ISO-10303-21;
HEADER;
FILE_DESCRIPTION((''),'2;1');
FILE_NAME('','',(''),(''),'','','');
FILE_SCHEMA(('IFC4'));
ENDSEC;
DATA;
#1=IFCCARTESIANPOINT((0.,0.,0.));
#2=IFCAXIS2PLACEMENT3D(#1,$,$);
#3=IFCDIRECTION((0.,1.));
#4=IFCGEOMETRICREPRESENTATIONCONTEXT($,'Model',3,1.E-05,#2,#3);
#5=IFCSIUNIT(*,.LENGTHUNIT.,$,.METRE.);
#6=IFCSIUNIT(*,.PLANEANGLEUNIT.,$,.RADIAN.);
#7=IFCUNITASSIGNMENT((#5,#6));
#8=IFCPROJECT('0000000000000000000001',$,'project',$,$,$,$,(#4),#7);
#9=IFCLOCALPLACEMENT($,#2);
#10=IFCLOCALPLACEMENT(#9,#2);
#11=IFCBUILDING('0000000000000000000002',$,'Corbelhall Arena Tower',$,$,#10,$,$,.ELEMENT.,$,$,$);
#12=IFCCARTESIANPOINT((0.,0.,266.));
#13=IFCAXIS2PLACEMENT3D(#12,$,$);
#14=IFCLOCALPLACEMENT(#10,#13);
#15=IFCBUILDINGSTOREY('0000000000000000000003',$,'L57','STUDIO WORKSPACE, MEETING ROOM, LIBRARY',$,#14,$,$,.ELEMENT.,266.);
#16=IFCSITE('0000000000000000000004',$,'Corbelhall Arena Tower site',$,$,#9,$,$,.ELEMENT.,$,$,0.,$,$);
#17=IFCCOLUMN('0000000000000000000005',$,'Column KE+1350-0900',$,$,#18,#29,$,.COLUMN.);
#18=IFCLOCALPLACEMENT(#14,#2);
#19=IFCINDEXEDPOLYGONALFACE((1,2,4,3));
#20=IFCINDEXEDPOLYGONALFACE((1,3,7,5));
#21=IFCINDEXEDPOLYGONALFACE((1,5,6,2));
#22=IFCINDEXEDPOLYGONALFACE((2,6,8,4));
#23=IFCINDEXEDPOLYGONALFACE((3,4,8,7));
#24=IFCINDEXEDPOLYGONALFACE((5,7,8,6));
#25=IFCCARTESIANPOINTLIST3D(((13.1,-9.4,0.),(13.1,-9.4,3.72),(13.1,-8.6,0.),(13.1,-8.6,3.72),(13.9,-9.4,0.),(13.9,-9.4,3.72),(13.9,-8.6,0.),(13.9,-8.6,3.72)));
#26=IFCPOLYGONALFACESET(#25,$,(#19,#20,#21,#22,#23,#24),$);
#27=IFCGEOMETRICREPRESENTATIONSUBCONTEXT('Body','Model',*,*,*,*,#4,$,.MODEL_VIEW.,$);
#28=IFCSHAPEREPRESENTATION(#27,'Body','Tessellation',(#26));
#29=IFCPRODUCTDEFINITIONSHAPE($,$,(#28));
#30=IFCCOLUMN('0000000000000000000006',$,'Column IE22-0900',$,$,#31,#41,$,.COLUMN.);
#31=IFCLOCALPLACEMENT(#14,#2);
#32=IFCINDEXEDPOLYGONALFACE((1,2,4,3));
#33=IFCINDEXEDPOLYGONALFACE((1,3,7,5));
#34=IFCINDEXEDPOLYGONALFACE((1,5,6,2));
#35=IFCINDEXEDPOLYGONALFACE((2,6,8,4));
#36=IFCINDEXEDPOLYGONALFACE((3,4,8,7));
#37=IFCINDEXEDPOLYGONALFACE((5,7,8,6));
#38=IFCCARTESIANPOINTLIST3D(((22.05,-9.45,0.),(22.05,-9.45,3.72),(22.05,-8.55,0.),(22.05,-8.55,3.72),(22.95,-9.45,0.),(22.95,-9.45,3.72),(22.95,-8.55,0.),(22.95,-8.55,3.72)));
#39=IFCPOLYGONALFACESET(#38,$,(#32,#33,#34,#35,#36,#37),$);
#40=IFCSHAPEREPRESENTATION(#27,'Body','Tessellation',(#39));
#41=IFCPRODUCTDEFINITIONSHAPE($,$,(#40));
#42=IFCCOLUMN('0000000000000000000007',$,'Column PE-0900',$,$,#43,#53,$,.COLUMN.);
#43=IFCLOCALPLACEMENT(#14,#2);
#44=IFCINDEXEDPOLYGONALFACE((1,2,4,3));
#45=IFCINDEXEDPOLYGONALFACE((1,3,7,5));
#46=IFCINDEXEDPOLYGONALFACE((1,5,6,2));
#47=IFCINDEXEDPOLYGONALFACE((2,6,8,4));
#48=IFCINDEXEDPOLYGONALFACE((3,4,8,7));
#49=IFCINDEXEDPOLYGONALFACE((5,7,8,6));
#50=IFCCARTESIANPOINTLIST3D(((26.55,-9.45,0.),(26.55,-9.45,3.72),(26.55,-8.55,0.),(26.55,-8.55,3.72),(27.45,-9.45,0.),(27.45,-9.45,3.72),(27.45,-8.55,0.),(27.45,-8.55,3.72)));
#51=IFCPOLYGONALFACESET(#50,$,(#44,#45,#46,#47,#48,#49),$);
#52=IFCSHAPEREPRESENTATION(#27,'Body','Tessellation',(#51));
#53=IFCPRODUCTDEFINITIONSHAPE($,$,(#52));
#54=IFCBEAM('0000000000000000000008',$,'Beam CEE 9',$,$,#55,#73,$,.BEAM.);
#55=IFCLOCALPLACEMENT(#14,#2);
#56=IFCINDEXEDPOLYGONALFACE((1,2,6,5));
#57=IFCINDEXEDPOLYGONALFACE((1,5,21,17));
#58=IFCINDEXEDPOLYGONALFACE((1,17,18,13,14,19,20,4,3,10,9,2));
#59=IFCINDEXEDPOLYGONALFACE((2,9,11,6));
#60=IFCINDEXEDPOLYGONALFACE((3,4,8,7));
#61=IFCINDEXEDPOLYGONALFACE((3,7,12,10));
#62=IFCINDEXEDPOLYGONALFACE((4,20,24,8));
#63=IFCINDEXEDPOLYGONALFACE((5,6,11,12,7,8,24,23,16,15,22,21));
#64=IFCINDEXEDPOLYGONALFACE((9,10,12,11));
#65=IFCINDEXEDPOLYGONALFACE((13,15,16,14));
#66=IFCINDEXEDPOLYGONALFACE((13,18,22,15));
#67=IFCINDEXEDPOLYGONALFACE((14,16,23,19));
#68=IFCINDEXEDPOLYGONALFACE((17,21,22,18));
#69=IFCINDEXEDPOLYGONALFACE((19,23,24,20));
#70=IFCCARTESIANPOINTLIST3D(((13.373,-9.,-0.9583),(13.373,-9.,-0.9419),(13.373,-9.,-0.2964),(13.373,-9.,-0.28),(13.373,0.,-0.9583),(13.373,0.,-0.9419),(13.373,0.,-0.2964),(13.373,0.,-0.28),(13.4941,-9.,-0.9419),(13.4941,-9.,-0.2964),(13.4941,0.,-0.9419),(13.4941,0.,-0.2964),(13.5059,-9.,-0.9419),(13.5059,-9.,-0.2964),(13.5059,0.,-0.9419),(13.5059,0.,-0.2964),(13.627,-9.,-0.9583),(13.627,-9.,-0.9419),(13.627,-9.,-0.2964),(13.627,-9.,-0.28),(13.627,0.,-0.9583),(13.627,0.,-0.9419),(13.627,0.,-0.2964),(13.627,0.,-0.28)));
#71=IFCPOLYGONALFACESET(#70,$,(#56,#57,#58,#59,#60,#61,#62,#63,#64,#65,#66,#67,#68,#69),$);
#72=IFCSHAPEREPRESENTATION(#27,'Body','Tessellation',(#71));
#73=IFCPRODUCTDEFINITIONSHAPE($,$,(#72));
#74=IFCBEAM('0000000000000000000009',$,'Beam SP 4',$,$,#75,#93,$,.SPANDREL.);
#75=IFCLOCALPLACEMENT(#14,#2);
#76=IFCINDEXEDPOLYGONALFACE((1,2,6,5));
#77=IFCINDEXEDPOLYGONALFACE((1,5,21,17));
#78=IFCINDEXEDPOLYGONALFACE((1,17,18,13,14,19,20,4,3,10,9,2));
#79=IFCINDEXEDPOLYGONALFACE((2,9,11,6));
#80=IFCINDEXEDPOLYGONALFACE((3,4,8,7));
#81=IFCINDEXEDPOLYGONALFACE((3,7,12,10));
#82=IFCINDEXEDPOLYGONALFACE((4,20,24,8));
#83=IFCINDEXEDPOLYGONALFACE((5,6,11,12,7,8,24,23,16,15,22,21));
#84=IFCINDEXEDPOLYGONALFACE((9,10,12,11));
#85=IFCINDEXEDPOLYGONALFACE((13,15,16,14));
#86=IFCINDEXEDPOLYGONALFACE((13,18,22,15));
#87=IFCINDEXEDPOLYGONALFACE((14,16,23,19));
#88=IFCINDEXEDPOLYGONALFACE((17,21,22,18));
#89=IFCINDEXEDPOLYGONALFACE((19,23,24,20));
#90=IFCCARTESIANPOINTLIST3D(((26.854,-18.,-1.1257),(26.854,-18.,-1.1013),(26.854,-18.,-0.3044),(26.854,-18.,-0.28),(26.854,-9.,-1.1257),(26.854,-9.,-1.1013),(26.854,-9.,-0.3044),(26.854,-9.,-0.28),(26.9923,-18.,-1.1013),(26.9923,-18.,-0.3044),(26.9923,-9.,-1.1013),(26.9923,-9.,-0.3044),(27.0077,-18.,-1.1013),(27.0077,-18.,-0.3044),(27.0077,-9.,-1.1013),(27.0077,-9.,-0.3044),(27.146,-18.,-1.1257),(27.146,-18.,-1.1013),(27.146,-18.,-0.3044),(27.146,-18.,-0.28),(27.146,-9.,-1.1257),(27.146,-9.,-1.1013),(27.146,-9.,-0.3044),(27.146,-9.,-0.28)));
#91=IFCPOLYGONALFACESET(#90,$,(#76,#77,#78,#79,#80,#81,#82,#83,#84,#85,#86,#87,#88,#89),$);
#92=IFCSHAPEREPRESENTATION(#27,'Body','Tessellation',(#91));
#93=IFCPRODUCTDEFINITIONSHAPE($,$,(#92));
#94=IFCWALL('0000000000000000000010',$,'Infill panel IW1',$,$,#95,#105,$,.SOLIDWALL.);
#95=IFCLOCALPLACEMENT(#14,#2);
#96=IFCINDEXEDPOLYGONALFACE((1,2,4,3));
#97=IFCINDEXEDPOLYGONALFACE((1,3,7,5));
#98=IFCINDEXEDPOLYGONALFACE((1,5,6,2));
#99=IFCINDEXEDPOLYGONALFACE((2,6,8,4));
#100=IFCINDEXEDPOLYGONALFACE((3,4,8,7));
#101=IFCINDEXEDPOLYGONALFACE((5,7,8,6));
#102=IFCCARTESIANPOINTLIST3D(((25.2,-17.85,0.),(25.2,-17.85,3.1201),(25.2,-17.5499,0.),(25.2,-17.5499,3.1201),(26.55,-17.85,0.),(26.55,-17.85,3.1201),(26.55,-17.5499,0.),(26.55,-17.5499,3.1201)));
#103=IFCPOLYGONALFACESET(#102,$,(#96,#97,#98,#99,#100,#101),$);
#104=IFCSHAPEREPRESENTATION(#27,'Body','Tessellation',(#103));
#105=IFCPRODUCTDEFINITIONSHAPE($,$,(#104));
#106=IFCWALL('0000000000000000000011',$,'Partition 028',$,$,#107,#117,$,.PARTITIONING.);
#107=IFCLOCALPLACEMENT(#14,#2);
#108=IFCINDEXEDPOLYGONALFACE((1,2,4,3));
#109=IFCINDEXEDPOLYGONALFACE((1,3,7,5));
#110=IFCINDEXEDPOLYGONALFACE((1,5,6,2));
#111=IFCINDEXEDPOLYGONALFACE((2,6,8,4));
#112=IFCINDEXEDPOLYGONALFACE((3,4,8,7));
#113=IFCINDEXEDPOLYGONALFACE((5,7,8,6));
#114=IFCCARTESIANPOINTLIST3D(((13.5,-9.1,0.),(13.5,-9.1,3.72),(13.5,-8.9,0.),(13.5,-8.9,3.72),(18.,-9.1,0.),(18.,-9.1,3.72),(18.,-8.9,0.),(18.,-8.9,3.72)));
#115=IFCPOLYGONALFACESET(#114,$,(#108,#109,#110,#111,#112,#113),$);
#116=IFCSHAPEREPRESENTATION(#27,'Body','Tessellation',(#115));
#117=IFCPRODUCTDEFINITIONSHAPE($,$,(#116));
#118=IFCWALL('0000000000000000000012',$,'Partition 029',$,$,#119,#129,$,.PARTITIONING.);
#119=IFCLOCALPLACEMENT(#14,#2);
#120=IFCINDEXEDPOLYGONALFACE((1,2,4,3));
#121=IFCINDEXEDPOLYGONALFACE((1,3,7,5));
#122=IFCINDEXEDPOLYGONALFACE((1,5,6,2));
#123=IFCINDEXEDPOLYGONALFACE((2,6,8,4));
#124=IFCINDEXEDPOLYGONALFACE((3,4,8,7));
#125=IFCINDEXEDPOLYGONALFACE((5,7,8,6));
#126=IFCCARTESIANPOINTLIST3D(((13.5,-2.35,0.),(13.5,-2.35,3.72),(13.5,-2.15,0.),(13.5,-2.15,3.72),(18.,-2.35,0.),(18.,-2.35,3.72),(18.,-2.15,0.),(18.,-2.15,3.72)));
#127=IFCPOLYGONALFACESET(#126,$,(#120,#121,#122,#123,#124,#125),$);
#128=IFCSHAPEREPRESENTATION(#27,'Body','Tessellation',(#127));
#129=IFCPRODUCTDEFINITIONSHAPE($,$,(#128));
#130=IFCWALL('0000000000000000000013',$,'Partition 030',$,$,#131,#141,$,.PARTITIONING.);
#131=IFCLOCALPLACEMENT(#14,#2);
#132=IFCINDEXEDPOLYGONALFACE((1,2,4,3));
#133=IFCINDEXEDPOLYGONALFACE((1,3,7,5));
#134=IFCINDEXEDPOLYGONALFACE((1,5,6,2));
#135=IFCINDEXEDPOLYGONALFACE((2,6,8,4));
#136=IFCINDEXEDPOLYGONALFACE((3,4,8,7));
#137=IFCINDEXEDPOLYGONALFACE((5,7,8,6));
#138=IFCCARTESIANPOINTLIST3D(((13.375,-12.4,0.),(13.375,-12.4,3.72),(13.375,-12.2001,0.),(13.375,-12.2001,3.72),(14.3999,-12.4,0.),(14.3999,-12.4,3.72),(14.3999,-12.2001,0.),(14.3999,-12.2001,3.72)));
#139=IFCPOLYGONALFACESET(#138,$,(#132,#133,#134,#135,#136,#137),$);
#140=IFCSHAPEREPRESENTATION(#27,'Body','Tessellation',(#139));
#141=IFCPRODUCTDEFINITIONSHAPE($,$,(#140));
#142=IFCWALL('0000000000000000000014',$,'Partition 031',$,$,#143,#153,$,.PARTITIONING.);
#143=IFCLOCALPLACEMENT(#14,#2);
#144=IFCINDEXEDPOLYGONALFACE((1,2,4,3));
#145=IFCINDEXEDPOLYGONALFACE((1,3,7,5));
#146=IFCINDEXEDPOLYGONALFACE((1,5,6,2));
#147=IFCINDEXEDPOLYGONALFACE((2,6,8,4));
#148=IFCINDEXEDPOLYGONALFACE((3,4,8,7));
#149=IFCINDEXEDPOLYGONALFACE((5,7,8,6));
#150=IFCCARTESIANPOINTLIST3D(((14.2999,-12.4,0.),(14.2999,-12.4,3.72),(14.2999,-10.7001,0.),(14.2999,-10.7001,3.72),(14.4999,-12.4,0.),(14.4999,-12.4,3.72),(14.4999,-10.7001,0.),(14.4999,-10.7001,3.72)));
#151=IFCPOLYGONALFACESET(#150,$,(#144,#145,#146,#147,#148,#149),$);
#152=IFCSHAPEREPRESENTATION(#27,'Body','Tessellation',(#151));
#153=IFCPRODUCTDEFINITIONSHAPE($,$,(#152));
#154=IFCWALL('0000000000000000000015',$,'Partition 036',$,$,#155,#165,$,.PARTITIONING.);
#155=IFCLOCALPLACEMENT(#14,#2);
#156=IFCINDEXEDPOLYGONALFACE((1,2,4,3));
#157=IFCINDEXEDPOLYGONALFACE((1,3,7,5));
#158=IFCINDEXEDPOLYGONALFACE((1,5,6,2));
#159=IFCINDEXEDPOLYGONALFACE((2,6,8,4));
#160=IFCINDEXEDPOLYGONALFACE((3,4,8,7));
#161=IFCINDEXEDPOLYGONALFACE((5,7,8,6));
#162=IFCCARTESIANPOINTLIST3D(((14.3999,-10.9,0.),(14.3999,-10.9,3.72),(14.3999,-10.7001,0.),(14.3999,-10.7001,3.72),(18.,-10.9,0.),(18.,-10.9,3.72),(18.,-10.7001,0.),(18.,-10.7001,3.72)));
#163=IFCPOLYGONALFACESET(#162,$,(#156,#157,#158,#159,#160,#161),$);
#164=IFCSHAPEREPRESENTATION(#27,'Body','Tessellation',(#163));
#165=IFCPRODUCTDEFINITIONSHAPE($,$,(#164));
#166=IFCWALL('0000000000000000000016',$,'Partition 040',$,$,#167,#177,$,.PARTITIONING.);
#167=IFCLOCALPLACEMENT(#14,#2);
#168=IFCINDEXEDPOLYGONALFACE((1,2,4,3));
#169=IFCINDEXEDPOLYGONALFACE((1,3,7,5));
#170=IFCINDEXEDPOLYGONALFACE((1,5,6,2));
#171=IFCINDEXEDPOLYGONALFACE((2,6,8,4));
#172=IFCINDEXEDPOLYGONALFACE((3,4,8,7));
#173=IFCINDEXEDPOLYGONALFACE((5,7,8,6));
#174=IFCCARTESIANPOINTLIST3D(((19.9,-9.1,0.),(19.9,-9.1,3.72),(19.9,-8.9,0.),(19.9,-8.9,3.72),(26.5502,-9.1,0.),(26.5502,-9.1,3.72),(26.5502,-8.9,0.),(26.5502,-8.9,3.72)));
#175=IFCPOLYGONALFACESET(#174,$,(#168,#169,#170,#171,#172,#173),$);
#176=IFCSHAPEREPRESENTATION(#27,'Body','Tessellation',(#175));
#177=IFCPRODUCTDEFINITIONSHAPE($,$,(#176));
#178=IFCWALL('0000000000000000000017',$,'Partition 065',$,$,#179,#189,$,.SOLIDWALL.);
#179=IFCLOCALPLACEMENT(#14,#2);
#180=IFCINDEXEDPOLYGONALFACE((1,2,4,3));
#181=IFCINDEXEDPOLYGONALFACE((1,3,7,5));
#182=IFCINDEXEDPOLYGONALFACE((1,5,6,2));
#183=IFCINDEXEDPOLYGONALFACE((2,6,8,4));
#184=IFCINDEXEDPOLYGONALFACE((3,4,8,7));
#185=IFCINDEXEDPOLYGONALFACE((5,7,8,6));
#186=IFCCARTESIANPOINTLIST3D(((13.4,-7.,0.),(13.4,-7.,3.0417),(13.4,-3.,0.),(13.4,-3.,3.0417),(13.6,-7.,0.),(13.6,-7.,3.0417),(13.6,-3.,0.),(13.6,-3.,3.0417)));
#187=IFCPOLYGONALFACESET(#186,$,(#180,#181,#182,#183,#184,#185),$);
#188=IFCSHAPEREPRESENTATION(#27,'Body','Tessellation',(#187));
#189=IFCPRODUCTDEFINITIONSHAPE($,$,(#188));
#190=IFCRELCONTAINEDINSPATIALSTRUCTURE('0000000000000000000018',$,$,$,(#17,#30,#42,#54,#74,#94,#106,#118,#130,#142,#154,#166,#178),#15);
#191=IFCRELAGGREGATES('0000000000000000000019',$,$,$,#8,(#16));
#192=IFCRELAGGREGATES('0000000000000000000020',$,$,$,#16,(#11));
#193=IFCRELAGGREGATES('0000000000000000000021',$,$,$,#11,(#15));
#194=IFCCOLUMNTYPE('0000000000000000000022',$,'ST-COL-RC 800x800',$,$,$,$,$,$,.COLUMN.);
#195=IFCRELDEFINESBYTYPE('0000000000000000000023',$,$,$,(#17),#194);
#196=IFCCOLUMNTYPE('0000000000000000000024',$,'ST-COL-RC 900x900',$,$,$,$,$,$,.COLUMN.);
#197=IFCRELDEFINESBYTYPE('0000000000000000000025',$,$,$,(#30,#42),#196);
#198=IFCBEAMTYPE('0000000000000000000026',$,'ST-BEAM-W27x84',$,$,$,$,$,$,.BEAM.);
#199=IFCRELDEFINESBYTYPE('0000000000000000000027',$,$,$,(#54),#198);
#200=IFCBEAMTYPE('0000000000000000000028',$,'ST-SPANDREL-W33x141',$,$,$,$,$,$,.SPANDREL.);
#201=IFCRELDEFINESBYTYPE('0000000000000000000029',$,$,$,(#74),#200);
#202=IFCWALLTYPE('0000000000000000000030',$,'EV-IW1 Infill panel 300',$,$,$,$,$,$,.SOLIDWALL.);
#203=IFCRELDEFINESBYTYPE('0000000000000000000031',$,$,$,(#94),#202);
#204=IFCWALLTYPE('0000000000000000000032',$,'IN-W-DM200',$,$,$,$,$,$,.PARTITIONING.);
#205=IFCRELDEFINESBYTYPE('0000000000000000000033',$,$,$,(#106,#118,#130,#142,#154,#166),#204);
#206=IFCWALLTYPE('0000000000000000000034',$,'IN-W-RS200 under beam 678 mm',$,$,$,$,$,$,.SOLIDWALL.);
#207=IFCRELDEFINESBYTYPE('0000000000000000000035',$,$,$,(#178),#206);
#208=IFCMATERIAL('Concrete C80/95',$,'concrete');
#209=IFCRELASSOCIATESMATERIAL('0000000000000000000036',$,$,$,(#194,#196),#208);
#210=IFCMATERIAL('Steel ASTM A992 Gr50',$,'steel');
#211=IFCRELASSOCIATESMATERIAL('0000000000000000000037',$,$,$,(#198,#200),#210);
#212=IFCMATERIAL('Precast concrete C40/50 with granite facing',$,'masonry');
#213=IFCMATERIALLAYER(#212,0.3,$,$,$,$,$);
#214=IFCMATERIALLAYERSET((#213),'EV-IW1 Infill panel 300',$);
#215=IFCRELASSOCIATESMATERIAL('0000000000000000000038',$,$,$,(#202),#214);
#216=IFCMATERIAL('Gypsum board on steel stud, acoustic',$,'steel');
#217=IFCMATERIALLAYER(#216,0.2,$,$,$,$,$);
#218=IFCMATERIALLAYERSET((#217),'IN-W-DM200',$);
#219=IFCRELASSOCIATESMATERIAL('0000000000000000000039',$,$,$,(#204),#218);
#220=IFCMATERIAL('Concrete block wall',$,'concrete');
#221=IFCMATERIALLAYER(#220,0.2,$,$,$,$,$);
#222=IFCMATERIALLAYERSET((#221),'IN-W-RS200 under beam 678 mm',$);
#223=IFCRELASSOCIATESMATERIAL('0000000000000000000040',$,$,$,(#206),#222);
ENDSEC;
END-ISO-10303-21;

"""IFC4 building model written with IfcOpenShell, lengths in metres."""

from ifc_helpers import new_model, si_unit, direction, frame, frame_2d, origin, origin_2d, place, context, subcontext, project, spatial, rectangle, i_section, extrude, material, layer, layer_set, material_profile, profile_set, type_object, element, save


model = new_model("IFC4")

# Units and contexts
model_context = context("Model", 3, precision=1e-05, world=origin(), true_north=direction((0.0, 1.0)))
body_context = subcontext(model_context, "Body", "Model", "MODEL_VIEW")
ifc_project = project(units=[si_unit("LENGTHUNIT", "METRE"), si_unit("PLANEANGLEUNIT", "RADIAN")], contexts=[model_context])

# Site, building, storey
site_placement = place(None, origin())
site = spatial("IfcSite", under=ifc_project, at=site_placement, Name="Corbelhall Arena Tower site", CompositionType="ELEMENT", RefElevation=0.0)
building_placement = place(site_placement, origin())
building = spatial("IfcBuilding", under=site, at=building_placement, Name="Corbelhall Arena Tower", CompositionType="ELEMENT")
storey_placement = place(building_placement, frame((0.0, 0.0, 266.0)))
storey = spatial("IfcBuildingStorey", under=building, at=storey_placement, Name="L57", Description="STUDIO WORKSPACE, MEETING ROOM, LIBRARY", CompositionType="ELEMENT", Elevation=266.0)

# Columns
ifc_material_1 = material(Name="Concrete C80/95", Category="concrete")
ifc_material_profile_1 = material_profile(ifc_material_1, rectangle(XDim=0.8, YDim=0.8, at=origin_2d()))
ifc_profile_set_1 = profile_set([ifc_material_profile_1], Name="Concrete C80/95")
column_type_1 = type_object("IfcColumnType", Name="ST-COL-RC 800x800", PredefinedType="COLUMN", material=ifc_profile_set_1)
column_placement = place(storey_placement, frame((13.5, -9.0, 0.0), z_axis=(0.0, 0.0, 1.0), x_axis=(1.0, 0.0, 0.0)))
element("IfcColumn", 1, at=column_placement, inside=storey, type_object=column_type_1, Name="Column KE+1350-0900", PredefinedType="COLUMN", context=body_context, shape_type="SweptSolid", body=[
    extrude(rectangle(XDim=0.8, YDim=0.8, at=origin_2d()), origin(), (0.0, 0.0, 1.0), 3.72),
])
ifc_material_profile_2 = material_profile(ifc_material_1, rectangle(XDim=0.8999, YDim=0.8999, at=origin_2d()))
ifc_profile_set_2 = profile_set([ifc_material_profile_2], Name="Concrete C80/95")
column_type_2 = type_object("IfcColumnType", Name="ST-COL-RC 900x900", PredefinedType="COLUMN", material=ifc_profile_set_2)
for number, where, z_axis, x_axis, name in (
    (2, (22.5, -9.0, 0.0), (0.0, 0.0, 1.0), (1.0, 0.0, 0.0), "Column IE22-0900"),
    (3, (27.0, -9.0, 0.0), (0.0, 0.0, 1.0), (0.0, 1.0, 0.0), "Column PE-0900"),
):
    element("IfcColumn", number, at=place(storey_placement, frame(where, z_axis=z_axis, x_axis=x_axis)), inside=storey, type_object=column_type_2, Name=name, PredefinedType="COLUMN", context=body_context, shape_type="SweptSolid", body=[
        extrude(rectangle(XDim=0.8999, YDim=0.8999, at=origin_2d()), origin(), (0.0, 0.0, 1.0), 3.72),
    ])

# Beams
ifc_material_2 = material(Name="Steel ASTM A992 Gr50", Category="steel")
ifc_material_profile_3 = material_profile(ifc_material_2, i_section(OverallWidth=0.2539, OverallDepth=0.6782, WebThickness=0.0117, FlangeThickness=0.0164, at=origin_2d()))
ifc_profile_set_3 = profile_set([ifc_material_profile_3], Name="Steel ASTM A992 Gr50")
beam_type_1 = type_object("IfcBeamType", Name="ST-BEAM-W27x84", PredefinedType="BEAM", material=ifc_profile_set_3)
beam_1_placement = place(storey_placement, frame((13.5, -9.0, -0.6191), z_axis=(0.0, 1.0, 0.0), x_axis=(-1.0, 0.0, 0.0)))
element("IfcBeam", 4, at=beam_1_placement, inside=storey, type_object=beam_type_1, Name="Beam CEE 9", PredefinedType="BEAM", context=body_context, shape_type="SweptSolid", body=[
    extrude(i_section(OverallWidth=0.2539, OverallDepth=0.6782, WebThickness=0.0117, FlangeThickness=0.0164, at=origin_2d()), origin(), (0.0, 0.0, 1.0), 9.0),
])
ifc_material_profile_4 = material_profile(ifc_material_2, i_section(OverallWidth=0.292, OverallDepth=0.8457, WebThickness=0.0154, FlangeThickness=0.0244, at=origin_2d()))
ifc_profile_set_4 = profile_set([ifc_material_profile_4], Name="Steel ASTM A992 Gr50")
beam_type_2 = type_object("IfcBeamType", Name="ST-SPANDREL-W33x141", PredefinedType="SPANDREL", material=ifc_profile_set_4)
beam_2_placement = place(storey_placement, frame((27.0, -9.0, -0.7029), z_axis=(0.0, -1.0, 0.0), x_axis=(1.0, 0.0, 0.0)))
element("IfcBeam", 5, at=beam_2_placement, inside=storey, type_object=beam_type_2, Name="Beam SP 4", PredefinedType="SPANDREL", context=body_context, shape_type="SweptSolid", body=[
    extrude(i_section(OverallWidth=0.292, OverallDepth=0.8457, WebThickness=0.0154, FlangeThickness=0.0244, at=origin_2d()), origin(), (0.0, 0.0, 1.0), 9.0),
])

# Wall
ifc_material_3 = material(Name="Precast concrete C40/50 with granite facing", Category="masonry")
ifc_layer_1 = layer(ifc_material_3, 0.3)
ifc_layer_set_1 = layer_set([ifc_layer_1], Name="EV-IW1 Infill panel 300")
wall_type_1 = type_object("IfcWallType", Name="EV-IW1 Infill panel 300", PredefinedType="SOLIDWALL", material=ifc_layer_set_1)
wall_1_placement = place(storey_placement, frame((25.2, -17.7, 0.0), z_axis=(0.0, 0.0, 1.0), x_axis=(1.0, 0.0, 0.0)))
element("IfcWall", 6, at=wall_1_placement, inside=storey, type_object=wall_type_1, Name="Infill panel IW1", PredefinedType="SOLIDWALL", context=body_context, shape_type="SweptSolid", body=[
    extrude(rectangle(XDim=1.3501, YDim=0.3, at=frame_2d((0.675, 0.0))), origin(), (0.0, 0.0, 1.0), 3.1201),
])

# Walls
ifc_material_4 = material(Name="Gypsum board on steel stud, acoustic", Category="steel")
ifc_layer_2 = layer(ifc_material_4, 0.2)
ifc_layer_set_2 = layer_set([ifc_layer_2], Name="IN-W-DM200")
wall_type_2 = type_object("IfcWallType", Name="IN-W-DM200", PredefinedType="PARTITIONING", material=ifc_layer_set_2)
for number, where, z_axis, x_axis, name in (
    (7, (13.5, -9.0, 0.0), (0.0, 0.0, 1.0), (1.0, 0.0, 0.0), "Partition 028"),
    (8, (13.5, -2.25, 0.0), (0.0, 0.0, 1.0), (1.0, 0.0, 0.0), "Partition 029"),
):
    element("IfcWall", number, at=place(storey_placement, frame(where, z_axis=z_axis, x_axis=x_axis)), inside=storey, type_object=wall_type_2, Name=name, PredefinedType="PARTITIONING", context=body_context, shape_type="SweptSolid", body=[
        extrude(rectangle(XDim=4.5, YDim=0.2, at=frame_2d((2.25, 0.0))), origin(), (0.0, 0.0, 1.0), 3.72),
    ])
wall_2_placement = place(storey_placement, frame((14.3999, -12.3, 0.0), z_axis=(0.0, 0.0, 1.0), x_axis=(-1.0, 0.0, 0.0)))
element("IfcWall", 9, at=wall_2_placement, inside=storey, type_object=wall_type_2, Name="Partition 030", PredefinedType="PARTITIONING", context=body_context, shape_type="SweptSolid", body=[
    extrude(rectangle(XDim=1.0249, YDim=0.2, at=frame_2d((0.5125, 0.0))), origin(), (0.0, 0.0, 1.0), 3.72),
])
wall_3_placement = place(storey_placement, frame((14.3999, -10.7, 0.0), z_axis=(0.0, 0.0, 1.0), x_axis=(0.0, -1.0, 0.0)))
element("IfcWall", 10, at=wall_3_placement, inside=storey, type_object=wall_type_2, Name="Partition 031", PredefinedType="PARTITIONING", context=body_context, shape_type="SweptSolid", body=[
    extrude(rectangle(XDim=1.7, YDim=0.2, at=frame_2d((0.8501, 0.0))), origin(), (0.0, 0.0, 1.0), 3.72),
])
wall_4_placement = place(storey_placement, frame((18.0, -10.8, 0.0), z_axis=(0.0, 0.0, 1.0), x_axis=(-1.0, 0.0, 0.0)))
element("IfcWall", 11, at=wall_4_placement, inside=storey, type_object=wall_type_2, Name="Partition 036", PredefinedType="PARTITIONING", context=body_context, shape_type="SweptSolid", body=[
    extrude(rectangle(XDim=3.6001, YDim=0.2, at=frame_2d((1.8, 0.0))), origin(), (0.0, 0.0, 1.0), 3.72),
])

# Walls
wall_5_placement = place(storey_placement, frame((19.8999, -9.0, 0.0), z_axis=(0.0, 0.0, 1.0), x_axis=(1.0, 0.0, 0.0)))
element("IfcWall", 12, at=wall_5_placement, inside=storey, type_object=wall_type_2, Name="Partition 040", PredefinedType="PARTITIONING", context=body_context, shape_type="SweptSolid", body=[
    extrude(rectangle(XDim=6.6501, YDim=0.2, at=frame_2d((3.3252, 0.0))), origin(), (0.0, 0.0, 1.0), 3.72),
])
ifc_material_5 = material(Name="Concrete block wall", Category="concrete")
ifc_layer_3 = layer(ifc_material_5, 0.2)
ifc_layer_set_3 = layer_set([ifc_layer_3], Name="IN-W-RS200 under beam 678 mm")
wall_type_3 = type_object("IfcWallType", Name="IN-W-RS200 under beam 678 mm", PredefinedType="SOLIDWALL", material=ifc_layer_set_3)
wall_6_placement = place(storey_placement, frame((13.5, -3.0, 0.0), z_axis=(0.0, 0.0, 1.0), x_axis=(0.0, -1.0, 0.0)))
element("IfcWall", 13, at=wall_6_placement, inside=storey, type_object=wall_type_3, Name="Partition 065", PredefinedType="SOLIDWALL", context=body_context, shape_type="SweptSolid", body=[
    extrude(rectangle(XDim=4.0, YDim=0.2, at=frame_2d((2.0, 0.0))), origin(), (0.0, 0.0, 1.0), 3.0417),
])

save(model, "model.ifc")
